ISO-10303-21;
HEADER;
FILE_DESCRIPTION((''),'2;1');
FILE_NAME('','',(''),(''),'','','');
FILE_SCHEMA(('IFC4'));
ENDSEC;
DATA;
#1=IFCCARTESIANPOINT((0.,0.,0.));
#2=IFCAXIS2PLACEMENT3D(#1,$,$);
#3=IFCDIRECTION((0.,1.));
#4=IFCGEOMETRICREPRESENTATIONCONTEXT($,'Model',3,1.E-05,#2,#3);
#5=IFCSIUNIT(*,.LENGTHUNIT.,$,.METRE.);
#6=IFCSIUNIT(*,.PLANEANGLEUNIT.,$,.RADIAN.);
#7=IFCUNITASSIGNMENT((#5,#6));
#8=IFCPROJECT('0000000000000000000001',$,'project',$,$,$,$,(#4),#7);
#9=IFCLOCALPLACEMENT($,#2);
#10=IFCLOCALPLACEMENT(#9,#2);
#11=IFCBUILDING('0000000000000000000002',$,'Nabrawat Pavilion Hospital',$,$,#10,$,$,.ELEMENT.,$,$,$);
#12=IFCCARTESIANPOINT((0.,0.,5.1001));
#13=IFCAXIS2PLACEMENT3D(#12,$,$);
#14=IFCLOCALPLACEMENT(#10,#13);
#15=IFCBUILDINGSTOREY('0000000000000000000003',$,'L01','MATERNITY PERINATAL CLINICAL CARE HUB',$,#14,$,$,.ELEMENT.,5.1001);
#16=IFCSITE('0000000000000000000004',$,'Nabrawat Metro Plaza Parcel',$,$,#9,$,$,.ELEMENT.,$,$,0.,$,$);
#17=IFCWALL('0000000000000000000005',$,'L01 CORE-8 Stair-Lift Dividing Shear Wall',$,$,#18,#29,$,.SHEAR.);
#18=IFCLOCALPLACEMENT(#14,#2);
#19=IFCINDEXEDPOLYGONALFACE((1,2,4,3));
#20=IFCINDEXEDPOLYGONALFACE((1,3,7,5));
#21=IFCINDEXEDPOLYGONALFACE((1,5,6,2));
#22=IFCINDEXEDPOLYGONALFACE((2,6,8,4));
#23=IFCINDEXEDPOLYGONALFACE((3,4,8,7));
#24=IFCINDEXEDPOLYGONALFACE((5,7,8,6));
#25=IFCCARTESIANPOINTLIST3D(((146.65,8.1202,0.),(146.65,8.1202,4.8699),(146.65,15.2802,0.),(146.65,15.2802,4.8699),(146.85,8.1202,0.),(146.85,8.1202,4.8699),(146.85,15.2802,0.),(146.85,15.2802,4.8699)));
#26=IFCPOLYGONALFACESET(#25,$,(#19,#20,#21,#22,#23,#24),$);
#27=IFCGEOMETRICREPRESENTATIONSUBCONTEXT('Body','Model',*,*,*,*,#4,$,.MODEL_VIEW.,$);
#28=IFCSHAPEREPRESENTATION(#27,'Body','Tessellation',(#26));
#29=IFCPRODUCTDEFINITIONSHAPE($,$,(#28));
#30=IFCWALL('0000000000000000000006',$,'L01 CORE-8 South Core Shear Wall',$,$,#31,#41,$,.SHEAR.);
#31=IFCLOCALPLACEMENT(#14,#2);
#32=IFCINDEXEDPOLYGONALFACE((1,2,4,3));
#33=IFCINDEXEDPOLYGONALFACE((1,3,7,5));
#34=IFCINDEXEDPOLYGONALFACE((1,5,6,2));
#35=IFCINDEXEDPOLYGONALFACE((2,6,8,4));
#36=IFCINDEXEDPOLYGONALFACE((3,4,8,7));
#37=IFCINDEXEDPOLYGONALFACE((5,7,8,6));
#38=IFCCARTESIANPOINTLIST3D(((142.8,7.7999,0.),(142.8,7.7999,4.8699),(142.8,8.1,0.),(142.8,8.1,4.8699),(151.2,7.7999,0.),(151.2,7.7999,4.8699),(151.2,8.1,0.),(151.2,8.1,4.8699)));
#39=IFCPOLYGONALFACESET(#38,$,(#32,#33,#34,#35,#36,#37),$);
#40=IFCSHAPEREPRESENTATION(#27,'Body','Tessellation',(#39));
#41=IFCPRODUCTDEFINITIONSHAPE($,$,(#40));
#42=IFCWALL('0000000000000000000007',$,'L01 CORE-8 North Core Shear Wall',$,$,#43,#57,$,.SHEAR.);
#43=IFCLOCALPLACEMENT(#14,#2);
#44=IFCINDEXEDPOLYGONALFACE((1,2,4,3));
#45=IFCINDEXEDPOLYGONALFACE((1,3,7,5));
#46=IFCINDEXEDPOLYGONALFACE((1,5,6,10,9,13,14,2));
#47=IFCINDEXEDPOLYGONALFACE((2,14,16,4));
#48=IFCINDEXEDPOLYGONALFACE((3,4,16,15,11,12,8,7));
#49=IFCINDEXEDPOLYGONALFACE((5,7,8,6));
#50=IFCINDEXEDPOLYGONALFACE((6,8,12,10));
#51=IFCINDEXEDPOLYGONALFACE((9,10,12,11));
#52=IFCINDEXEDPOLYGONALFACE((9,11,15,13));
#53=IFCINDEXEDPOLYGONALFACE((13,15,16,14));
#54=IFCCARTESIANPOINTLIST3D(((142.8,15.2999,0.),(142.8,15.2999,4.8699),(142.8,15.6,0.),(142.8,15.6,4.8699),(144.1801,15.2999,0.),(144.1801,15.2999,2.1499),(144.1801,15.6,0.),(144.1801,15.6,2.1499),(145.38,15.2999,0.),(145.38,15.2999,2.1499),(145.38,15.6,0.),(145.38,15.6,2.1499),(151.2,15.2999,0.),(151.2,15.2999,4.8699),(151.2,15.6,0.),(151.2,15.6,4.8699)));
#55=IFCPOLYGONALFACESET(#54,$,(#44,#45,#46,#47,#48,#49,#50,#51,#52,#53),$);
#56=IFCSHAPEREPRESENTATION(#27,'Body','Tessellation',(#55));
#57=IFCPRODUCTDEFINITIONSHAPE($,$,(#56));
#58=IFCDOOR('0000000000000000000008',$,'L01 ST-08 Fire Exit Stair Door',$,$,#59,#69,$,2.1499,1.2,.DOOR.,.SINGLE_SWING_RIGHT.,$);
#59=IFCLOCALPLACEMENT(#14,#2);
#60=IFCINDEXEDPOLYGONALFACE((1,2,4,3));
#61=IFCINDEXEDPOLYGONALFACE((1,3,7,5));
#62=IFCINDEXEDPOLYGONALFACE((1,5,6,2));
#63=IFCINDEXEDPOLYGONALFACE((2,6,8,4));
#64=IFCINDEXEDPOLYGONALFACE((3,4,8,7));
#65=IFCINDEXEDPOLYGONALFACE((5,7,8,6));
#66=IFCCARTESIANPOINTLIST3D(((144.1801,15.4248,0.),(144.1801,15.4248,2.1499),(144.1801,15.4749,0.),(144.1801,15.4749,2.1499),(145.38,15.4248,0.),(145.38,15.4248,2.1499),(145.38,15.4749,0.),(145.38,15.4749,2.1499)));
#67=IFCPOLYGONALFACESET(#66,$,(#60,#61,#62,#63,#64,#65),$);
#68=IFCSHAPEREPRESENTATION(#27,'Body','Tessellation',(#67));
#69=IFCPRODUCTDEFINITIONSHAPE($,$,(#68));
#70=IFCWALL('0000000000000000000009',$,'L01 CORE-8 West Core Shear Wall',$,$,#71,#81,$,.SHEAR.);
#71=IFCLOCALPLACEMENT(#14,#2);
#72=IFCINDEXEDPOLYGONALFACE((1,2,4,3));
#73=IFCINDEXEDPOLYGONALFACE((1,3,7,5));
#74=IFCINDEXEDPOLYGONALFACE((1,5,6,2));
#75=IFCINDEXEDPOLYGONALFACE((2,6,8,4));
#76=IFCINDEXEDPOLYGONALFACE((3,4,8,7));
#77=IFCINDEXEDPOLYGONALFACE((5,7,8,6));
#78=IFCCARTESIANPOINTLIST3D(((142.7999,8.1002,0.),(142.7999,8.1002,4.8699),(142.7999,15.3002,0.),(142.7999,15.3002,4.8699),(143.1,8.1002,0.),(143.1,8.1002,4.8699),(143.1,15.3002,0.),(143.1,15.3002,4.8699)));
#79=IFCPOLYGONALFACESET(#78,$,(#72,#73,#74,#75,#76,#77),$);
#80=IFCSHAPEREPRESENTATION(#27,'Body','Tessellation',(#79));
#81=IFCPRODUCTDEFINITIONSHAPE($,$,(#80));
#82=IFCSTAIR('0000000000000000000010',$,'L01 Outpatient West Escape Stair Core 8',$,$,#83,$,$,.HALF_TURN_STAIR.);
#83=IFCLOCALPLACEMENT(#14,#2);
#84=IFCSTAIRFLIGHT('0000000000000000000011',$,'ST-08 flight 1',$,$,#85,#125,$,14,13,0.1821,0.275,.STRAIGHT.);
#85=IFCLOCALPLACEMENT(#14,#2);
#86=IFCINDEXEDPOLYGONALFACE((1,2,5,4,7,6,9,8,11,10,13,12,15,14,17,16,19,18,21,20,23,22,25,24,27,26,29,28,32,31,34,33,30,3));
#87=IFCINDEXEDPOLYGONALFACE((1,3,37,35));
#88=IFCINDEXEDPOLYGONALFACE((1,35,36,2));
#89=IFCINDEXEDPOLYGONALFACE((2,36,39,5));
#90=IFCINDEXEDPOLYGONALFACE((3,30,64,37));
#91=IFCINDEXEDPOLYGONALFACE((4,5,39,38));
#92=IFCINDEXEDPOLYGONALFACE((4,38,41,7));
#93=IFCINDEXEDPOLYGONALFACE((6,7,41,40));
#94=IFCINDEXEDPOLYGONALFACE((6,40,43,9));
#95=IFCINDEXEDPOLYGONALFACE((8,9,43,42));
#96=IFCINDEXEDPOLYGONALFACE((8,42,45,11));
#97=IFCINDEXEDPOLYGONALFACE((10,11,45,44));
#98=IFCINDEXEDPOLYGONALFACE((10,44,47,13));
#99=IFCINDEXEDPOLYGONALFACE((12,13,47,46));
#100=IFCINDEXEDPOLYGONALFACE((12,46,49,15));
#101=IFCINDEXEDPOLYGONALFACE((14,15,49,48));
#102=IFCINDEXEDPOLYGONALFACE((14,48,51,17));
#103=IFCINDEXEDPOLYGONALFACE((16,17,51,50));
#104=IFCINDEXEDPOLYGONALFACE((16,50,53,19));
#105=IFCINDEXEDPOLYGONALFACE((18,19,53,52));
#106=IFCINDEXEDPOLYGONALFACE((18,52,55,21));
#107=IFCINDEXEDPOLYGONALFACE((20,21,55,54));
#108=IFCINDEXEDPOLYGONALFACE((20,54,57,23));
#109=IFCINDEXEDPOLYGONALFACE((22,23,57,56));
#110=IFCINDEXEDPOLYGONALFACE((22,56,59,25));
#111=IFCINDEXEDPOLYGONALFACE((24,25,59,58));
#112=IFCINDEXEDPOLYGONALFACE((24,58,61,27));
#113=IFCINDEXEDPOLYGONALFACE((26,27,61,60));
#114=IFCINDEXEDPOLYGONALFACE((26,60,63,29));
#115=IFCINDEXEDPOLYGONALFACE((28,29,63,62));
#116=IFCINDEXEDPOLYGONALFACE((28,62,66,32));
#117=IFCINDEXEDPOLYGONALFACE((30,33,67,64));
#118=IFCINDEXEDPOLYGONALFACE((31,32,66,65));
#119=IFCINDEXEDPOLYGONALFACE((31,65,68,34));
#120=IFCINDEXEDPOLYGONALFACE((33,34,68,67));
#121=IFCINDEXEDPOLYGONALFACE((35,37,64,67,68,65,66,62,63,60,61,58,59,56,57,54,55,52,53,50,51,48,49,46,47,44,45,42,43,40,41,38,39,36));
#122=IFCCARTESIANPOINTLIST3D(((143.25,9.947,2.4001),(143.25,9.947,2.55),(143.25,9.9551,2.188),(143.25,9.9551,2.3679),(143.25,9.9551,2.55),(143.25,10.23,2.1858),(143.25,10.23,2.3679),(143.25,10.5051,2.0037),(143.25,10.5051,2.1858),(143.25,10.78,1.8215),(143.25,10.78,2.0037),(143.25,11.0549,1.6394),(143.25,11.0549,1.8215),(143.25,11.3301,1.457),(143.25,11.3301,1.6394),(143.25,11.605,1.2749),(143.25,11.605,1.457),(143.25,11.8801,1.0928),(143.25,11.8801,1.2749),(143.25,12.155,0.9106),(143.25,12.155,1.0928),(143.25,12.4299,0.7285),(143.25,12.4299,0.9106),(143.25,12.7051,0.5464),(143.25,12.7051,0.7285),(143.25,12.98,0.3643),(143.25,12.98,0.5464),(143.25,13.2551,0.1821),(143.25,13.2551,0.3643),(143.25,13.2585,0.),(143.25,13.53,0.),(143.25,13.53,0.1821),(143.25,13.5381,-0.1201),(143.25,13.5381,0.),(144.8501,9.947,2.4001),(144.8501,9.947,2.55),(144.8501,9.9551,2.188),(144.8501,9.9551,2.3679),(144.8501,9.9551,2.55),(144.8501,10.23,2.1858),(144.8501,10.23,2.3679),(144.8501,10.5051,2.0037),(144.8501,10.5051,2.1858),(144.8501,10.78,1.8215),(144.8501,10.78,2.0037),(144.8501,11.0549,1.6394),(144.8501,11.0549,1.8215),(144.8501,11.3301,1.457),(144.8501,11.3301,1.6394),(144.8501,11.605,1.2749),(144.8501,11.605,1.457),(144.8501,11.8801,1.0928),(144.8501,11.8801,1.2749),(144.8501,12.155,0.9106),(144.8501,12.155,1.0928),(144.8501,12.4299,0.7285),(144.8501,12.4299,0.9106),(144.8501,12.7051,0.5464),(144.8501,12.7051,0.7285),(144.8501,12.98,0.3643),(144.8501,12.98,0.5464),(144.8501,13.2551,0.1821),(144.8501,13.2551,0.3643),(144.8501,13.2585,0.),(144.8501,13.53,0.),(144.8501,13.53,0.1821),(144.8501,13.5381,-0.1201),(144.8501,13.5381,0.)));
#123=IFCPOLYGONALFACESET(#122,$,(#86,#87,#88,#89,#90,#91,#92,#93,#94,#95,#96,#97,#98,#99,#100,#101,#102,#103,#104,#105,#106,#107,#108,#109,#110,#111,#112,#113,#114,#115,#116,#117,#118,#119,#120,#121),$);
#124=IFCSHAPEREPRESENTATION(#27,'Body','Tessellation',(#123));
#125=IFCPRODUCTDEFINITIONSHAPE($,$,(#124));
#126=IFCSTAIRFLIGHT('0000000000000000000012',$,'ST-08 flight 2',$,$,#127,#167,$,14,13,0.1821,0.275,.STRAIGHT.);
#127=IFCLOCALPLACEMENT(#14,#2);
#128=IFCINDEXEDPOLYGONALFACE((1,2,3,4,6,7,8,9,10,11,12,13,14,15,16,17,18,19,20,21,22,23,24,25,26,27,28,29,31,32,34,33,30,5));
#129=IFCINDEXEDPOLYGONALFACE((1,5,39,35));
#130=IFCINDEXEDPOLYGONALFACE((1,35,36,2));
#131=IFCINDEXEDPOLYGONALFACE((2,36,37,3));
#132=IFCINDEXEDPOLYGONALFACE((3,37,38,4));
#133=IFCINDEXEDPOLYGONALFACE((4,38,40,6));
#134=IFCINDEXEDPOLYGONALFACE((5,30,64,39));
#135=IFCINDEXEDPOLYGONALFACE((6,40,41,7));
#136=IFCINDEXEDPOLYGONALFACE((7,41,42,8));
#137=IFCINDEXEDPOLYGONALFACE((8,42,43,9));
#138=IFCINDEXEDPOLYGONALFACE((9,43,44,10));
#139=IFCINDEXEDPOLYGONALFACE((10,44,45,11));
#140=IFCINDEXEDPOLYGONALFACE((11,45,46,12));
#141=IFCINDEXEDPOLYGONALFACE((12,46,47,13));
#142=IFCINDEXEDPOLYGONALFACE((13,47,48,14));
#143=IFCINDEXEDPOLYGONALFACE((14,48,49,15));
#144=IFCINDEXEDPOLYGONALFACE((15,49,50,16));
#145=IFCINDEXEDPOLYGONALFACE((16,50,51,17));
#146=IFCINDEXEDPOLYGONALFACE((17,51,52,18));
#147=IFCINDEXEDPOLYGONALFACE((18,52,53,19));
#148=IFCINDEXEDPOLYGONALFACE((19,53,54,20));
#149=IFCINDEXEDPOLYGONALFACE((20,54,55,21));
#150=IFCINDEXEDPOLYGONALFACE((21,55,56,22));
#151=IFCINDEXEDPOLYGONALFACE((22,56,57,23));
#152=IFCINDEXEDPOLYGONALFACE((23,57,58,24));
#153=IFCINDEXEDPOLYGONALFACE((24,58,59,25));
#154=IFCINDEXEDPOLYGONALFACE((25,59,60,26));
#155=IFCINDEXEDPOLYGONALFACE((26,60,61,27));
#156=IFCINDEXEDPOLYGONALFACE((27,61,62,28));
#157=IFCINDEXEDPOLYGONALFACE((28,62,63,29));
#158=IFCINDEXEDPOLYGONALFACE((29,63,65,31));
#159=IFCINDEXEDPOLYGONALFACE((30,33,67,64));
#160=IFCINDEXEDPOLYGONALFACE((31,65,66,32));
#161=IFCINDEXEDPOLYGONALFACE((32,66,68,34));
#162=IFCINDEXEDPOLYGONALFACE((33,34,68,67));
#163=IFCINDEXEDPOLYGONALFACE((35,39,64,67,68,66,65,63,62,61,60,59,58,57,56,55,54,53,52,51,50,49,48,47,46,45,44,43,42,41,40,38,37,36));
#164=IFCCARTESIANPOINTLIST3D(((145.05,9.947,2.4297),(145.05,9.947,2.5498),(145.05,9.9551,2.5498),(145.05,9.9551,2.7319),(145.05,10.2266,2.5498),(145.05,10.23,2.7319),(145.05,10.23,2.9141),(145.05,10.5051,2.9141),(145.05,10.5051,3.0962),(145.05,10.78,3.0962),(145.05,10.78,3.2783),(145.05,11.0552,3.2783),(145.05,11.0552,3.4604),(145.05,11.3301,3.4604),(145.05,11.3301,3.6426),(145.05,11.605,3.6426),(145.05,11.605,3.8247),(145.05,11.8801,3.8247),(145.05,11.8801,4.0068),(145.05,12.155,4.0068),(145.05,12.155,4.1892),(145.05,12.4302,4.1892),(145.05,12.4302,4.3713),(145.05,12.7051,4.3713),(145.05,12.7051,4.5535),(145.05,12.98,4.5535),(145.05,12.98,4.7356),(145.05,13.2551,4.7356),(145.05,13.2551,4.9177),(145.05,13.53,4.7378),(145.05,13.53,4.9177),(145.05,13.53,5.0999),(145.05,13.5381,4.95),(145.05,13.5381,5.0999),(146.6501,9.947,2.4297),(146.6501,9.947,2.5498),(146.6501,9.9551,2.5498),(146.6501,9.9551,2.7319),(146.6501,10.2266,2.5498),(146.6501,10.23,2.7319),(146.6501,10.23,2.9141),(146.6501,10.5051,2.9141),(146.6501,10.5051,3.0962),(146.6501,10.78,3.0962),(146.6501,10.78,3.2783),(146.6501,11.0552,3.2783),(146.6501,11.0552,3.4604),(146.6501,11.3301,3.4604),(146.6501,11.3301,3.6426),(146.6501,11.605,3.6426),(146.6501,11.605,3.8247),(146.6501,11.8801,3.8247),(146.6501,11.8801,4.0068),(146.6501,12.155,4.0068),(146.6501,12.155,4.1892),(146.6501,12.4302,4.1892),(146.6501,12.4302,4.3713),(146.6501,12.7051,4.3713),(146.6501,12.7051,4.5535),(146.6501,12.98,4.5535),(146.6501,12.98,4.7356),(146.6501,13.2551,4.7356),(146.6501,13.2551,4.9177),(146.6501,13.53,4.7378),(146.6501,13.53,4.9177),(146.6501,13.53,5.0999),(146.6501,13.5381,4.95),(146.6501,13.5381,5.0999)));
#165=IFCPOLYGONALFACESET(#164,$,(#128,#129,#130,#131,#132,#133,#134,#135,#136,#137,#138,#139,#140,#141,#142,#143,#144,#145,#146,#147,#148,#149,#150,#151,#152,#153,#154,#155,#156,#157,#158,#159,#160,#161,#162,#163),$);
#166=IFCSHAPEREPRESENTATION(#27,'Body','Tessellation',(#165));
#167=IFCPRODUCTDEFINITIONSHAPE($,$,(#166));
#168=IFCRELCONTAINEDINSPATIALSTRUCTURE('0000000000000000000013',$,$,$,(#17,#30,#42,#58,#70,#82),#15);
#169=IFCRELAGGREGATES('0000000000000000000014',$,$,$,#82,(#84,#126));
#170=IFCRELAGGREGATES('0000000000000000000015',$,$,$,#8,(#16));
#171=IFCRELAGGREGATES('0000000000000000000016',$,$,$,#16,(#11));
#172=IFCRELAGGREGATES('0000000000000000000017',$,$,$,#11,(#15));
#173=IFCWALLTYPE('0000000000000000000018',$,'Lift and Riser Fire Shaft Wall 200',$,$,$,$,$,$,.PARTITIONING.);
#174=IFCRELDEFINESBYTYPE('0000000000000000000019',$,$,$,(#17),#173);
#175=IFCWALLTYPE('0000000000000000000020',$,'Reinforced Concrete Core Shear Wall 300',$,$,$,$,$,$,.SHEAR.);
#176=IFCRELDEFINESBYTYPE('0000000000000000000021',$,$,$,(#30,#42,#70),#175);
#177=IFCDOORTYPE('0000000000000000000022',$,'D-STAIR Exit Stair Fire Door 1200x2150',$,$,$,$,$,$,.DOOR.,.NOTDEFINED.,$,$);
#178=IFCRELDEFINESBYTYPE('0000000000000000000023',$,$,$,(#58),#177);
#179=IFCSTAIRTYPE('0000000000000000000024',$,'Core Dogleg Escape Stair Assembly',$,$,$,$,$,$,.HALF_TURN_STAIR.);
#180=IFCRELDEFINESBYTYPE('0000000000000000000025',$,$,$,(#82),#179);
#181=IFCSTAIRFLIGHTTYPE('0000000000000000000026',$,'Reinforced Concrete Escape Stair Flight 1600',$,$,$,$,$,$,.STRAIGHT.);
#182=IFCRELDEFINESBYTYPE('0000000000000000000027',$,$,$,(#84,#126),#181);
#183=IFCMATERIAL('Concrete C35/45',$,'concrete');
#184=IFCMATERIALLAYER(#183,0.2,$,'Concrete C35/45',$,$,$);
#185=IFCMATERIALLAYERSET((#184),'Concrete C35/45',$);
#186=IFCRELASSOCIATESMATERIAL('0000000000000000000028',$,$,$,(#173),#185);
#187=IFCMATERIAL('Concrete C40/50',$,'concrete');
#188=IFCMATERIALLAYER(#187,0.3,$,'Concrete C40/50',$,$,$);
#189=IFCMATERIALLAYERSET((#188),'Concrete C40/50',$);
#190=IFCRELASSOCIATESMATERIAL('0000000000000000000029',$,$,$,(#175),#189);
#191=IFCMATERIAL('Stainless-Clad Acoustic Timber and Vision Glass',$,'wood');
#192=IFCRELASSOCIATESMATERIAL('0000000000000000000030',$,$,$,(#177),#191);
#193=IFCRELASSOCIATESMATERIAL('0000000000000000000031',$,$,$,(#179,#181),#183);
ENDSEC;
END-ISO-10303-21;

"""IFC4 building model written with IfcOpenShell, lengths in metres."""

from ifc_helpers import new_model, si_unit, direction, frame, frame_2d, origin, place, context, subcontext, project, spatial, polyline, rectangle, outline, extrude, material, layer, layer_set, type_object, element, fill, aggregate, save


model = new_model("IFC4")

# Units and contexts
model_context = context("Model", 3, precision=1e-05, world=origin(), true_north=direction((0.0, 1.0)))
body_context = subcontext(model_context, "Body", "Model", "MODEL_VIEW")
ifc_project = project(units=[si_unit("LENGTHUNIT", "METRE"), si_unit("PLANEANGLEUNIT", "RADIAN")], contexts=[model_context])

# Site, building, storey
site_placement = place(None, origin())
site = spatial("IfcSite", under=ifc_project, at=site_placement, Name="Nabrawat Metro Plaza Parcel", CompositionType="ELEMENT", RefElevation=0.0)
building_placement = place(site_placement, origin())
building = spatial("IfcBuilding", under=site, at=building_placement, Name="Nabrawat Pavilion Hospital", CompositionType="ELEMENT")
storey_placement = place(building_placement, frame((0.0, 0.0, 5.1001)))
storey = spatial("IfcBuildingStorey", under=building, at=storey_placement, Name="L01", Description="MATERNITY PERINATAL CLINICAL CARE HUB", CompositionType="ELEMENT", Elevation=5.1001)

# Walls
ifc_material_1 = material(Name="Concrete C35/45", Category="concrete")
ifc_layer_1 = layer(ifc_material_1, 0.2, Name="Concrete C35/45")
ifc_layer_set_1 = layer_set([ifc_layer_1], Name="Concrete C35/45")
wall_type_1 = type_object("IfcWallType", Name="Lift and Riser Fire Shaft Wall 200", PredefinedType="PARTITIONING", material=ifc_layer_set_1)
wall_1_placement = place(storey_placement, frame((146.75, 8.1201, 0.0), z_axis=(0.0, 0.0, 1.0), x_axis=(0.0, 1.0, 0.0)))
element("IfcWall", 1, at=wall_1_placement, inside=storey, type_object=wall_type_1, Name="L01 CORE-8 Stair-Lift Dividing Shear Wall", PredefinedType="SHEAR", context=body_context, shape_type="SweptSolid", body=[
    extrude(rectangle(XDim=7.1599, YDim=0.2, at=frame_2d((3.5801, 0.0))), origin(), (0.0, 0.0, 1.0), 4.8699),
])
ifc_material_2 = material(Name="Concrete C40/50", Category="concrete")
ifc_layer_2 = layer(ifc_material_2, 0.3, Name="Concrete C40/50")
ifc_layer_set_2 = layer_set([ifc_layer_2], Name="Concrete C40/50")
wall_type_2 = type_object("IfcWallType", Name="Reinforced Concrete Core Shear Wall 300", PredefinedType="SHEAR", material=ifc_layer_set_2)
wall_2_placement = place(storey_placement, frame((142.8, 7.95, 0.0), z_axis=(0.0, 0.0, 1.0), x_axis=(1.0, 0.0, 0.0)))
element("IfcWall", 2, at=wall_2_placement, inside=storey, type_object=wall_type_2, Name="L01 CORE-8 South Core Shear Wall", PredefinedType="SHEAR", context=body_context, shape_type="SweptSolid", body=[
    extrude(rectangle(XDim=8.3999, YDim=0.3, at=frame_2d((4.2, 0.0))), origin(), (0.0, 0.0, 1.0), 4.8699),
])

# Wall, opening, door
wall_3_placement = place(storey_placement, frame((142.8, 15.45, 0.0), z_axis=(0.0, 0.0, 1.0), x_axis=(1.0, 0.0, 0.0)))
wall_3 = element("IfcWall", 3, at=wall_3_placement, inside=storey, type_object=wall_type_2, Name="L01 CORE-8 North Core Shear Wall", PredefinedType="SHEAR", context=body_context, shape_type="SweptSolid", body=[
    extrude(rectangle(XDim=8.3999, YDim=0.3, at=frame_2d((4.2, 0.0))), origin(), (0.0, 0.0, 1.0), 4.8699),
])
opening_placement = place(wall_3_placement, frame((1.3799, 0.0, 0.0)))
opening = element("IfcOpeningElement", 4, at=opening_placement, cuts=wall_3, PredefinedType="OPENING", context=body_context, shape_type="SweptSolid", body=[
    extrude(rectangle(XDim=1.2, YDim=2.1499, at=frame_2d((0.6001, 1.075))), frame((0.0, 0.1602, 0.0), z_axis=(0.0, -1.0, 0.0), x_axis=(1.0, 0.0, 0.0)), (0.0, 0.0, 1.0), 0.3201),
])
ifc_material_3 = material(Name="Stainless-Clad Acoustic Timber and Vision Glass", Category="wood")
door_type = type_object("IfcDoorType", Name="D-STAIR Exit Stair Fire Door 1200x2150", OperationType="NOTDEFINED", PredefinedType="DOOR", material=ifc_material_3)
door_placement = place(opening_placement, origin())
door = element("IfcDoor", 5, at=door_placement, inside=storey, type_object=door_type, Name="L01 ST-08 Fire Exit Stair Door", OperationType="SINGLE_SWING_RIGHT", OverallHeight=2.1499, OverallWidth=1.2, PredefinedType="DOOR", context=body_context, shape_type="SweptSolid", body=[
    extrude(rectangle(XDim=1.2, YDim=2.1499, at=frame_2d((0.6001, 1.075))), frame((0.0, 0.0249, 0.0), z_axis=(0.0, -1.0, 0.0), x_axis=(1.0, 0.0, 0.0)), (0.0, 0.0, 1.0), 0.05),
])
fill(opening, door)

# Wall
wall_4_placement = place(storey_placement, frame((142.95, 8.1001, 0.0), z_axis=(0.0, 0.0, 1.0), x_axis=(0.0, 1.0, 0.0)))
element("IfcWall", 6, at=wall_4_placement, inside=storey, type_object=wall_type_2, Name="L01 CORE-8 West Core Shear Wall", PredefinedType="SHEAR", context=body_context, shape_type="SweptSolid", body=[
    extrude(rectangle(XDim=7.2, YDim=0.3, at=frame_2d((3.6001, 0.0))), origin(), (0.0, 0.0, 1.0), 4.8699),
])

# Stair, stair flights
stair_type = type_object("IfcStairType", Name="Core Dogleg Escape Stair Assembly", PredefinedType="HALF_TURN_STAIR", material=ifc_material_1)
stair_placement = place(storey_placement, origin())
stair = element("IfcStair", 7, at=stair_placement, inside=storey, type_object=stair_type, Name="L01 Outpatient West Escape Stair Core 8", PredefinedType="HALF_TURN_STAIR")
stair_flight_type = type_object("IfcStairFlightType", Name="Reinforced Concrete Escape Stair Flight 1600", PredefinedType="STRAIGHT", material=ifc_material_1)
stair_flight_1_placement = place(storey_placement, frame((144.05, 13.53, 0.0), z_axis=(0.0, 0.0, 1.0), x_axis=(0.0, -1.0, 0.0)))
stair_flight_1 = element("IfcStairFlight", 8, at=stair_flight_1_placement, type_object=stair_flight_type, Name="ST-08 flight 1", NumberOfRisers=14, NumberOfTreads=13, PredefinedType="STRAIGHT", RiserHeight=0.1821, TreadLength=0.275, context=body_context, shape_type="SweptSolid", body=[
    extrude(outline(polyline([(-0.0081, 0.0), (0.0, 0.0), (0.0, 0.1821), (0.2749, 0.1821), (0.2749, 0.3643), (0.55, 0.3643), (0.55, 0.5464), (0.825, 0.5464), (0.825, 0.7285), (1.1001, 0.7285), (1.1001, 0.9106), (1.375, 0.9106), (1.375, 1.0928), (1.6499, 1.0928), (1.6499, 1.2749), (1.925, 1.2749), (1.925, 1.457), (2.2, 1.457), (2.2, 1.6394), (2.4751, 1.6394), (2.4751, 1.8215), (2.75, 1.8215), (2.75, 2.0037), (3.0249, 2.0037), (3.0249, 2.1858), (3.3, 2.1858), (3.3, 2.3679), (3.575, 2.3679), (3.575, 2.55), (3.583, 2.55), (3.583, 2.4001), (3.575, 2.188), (0.2715, 0.0), (-0.0081, -0.1201), (-0.0081, 0.0)])), frame((0.0, 0.8, 0.0), z_axis=(0.0, -1.0, 0.0), x_axis=(1.0, 0.0, 0.0)), (0.0, 0.0, 1.0), 1.6001),
])
stair_flight_2_placement = place(storey_placement, frame((145.8501, 9.9551, 2.5498), z_axis=(0.0, 0.0, 1.0), x_axis=(0.0, 1.0, 0.0)))
stair_flight_2 = element("IfcStairFlight", 9, at=stair_flight_2_placement, type_object=stair_flight_type, Name="ST-08 flight 2", NumberOfRisers=14, NumberOfTreads=13, PredefinedType="STRAIGHT", RiserHeight=0.1821, TreadLength=0.275, context=body_context, shape_type="SweptSolid", body=[
    extrude(outline(polyline([(-0.0081, 0.0), (0.0, 0.0), (0.0, 0.1821), (0.2749, 0.1821), (0.2749, 0.3643), (0.55, 0.3643), (0.55, 0.5464), (0.825, 0.5464), (0.825, 0.7285), (1.1001, 0.7285), (1.1001, 0.9106), (1.375, 0.9106), (1.375, 1.0928), (1.6499, 1.0928), (1.6499, 1.2749), (1.925, 1.2749), (1.925, 1.457), (2.2, 1.457), (2.2, 1.6394), (2.4751, 1.6394), (2.4751, 1.8215), (2.75, 1.8215), (2.75, 2.0037), (3.0249, 2.0037), (3.0249, 2.1858), (3.3, 2.1858), (3.3, 2.3679), (3.575, 2.3679), (3.575, 2.55), (3.583, 2.55), (3.583, 2.4001), (3.575, 2.188), (0.2715, 0.0), (-0.0081, -0.1201), (-0.0081, 0.0)])), frame((0.0, 0.8, 0.0), z_axis=(0.0, -1.0, 0.0), x_axis=(1.0, 0.0, 0.0)), (0.0, 0.0, 1.0), 1.6001),
])
aggregate(stair, [stair_flight_1, stair_flight_2])

save(model, "model.ifc")
